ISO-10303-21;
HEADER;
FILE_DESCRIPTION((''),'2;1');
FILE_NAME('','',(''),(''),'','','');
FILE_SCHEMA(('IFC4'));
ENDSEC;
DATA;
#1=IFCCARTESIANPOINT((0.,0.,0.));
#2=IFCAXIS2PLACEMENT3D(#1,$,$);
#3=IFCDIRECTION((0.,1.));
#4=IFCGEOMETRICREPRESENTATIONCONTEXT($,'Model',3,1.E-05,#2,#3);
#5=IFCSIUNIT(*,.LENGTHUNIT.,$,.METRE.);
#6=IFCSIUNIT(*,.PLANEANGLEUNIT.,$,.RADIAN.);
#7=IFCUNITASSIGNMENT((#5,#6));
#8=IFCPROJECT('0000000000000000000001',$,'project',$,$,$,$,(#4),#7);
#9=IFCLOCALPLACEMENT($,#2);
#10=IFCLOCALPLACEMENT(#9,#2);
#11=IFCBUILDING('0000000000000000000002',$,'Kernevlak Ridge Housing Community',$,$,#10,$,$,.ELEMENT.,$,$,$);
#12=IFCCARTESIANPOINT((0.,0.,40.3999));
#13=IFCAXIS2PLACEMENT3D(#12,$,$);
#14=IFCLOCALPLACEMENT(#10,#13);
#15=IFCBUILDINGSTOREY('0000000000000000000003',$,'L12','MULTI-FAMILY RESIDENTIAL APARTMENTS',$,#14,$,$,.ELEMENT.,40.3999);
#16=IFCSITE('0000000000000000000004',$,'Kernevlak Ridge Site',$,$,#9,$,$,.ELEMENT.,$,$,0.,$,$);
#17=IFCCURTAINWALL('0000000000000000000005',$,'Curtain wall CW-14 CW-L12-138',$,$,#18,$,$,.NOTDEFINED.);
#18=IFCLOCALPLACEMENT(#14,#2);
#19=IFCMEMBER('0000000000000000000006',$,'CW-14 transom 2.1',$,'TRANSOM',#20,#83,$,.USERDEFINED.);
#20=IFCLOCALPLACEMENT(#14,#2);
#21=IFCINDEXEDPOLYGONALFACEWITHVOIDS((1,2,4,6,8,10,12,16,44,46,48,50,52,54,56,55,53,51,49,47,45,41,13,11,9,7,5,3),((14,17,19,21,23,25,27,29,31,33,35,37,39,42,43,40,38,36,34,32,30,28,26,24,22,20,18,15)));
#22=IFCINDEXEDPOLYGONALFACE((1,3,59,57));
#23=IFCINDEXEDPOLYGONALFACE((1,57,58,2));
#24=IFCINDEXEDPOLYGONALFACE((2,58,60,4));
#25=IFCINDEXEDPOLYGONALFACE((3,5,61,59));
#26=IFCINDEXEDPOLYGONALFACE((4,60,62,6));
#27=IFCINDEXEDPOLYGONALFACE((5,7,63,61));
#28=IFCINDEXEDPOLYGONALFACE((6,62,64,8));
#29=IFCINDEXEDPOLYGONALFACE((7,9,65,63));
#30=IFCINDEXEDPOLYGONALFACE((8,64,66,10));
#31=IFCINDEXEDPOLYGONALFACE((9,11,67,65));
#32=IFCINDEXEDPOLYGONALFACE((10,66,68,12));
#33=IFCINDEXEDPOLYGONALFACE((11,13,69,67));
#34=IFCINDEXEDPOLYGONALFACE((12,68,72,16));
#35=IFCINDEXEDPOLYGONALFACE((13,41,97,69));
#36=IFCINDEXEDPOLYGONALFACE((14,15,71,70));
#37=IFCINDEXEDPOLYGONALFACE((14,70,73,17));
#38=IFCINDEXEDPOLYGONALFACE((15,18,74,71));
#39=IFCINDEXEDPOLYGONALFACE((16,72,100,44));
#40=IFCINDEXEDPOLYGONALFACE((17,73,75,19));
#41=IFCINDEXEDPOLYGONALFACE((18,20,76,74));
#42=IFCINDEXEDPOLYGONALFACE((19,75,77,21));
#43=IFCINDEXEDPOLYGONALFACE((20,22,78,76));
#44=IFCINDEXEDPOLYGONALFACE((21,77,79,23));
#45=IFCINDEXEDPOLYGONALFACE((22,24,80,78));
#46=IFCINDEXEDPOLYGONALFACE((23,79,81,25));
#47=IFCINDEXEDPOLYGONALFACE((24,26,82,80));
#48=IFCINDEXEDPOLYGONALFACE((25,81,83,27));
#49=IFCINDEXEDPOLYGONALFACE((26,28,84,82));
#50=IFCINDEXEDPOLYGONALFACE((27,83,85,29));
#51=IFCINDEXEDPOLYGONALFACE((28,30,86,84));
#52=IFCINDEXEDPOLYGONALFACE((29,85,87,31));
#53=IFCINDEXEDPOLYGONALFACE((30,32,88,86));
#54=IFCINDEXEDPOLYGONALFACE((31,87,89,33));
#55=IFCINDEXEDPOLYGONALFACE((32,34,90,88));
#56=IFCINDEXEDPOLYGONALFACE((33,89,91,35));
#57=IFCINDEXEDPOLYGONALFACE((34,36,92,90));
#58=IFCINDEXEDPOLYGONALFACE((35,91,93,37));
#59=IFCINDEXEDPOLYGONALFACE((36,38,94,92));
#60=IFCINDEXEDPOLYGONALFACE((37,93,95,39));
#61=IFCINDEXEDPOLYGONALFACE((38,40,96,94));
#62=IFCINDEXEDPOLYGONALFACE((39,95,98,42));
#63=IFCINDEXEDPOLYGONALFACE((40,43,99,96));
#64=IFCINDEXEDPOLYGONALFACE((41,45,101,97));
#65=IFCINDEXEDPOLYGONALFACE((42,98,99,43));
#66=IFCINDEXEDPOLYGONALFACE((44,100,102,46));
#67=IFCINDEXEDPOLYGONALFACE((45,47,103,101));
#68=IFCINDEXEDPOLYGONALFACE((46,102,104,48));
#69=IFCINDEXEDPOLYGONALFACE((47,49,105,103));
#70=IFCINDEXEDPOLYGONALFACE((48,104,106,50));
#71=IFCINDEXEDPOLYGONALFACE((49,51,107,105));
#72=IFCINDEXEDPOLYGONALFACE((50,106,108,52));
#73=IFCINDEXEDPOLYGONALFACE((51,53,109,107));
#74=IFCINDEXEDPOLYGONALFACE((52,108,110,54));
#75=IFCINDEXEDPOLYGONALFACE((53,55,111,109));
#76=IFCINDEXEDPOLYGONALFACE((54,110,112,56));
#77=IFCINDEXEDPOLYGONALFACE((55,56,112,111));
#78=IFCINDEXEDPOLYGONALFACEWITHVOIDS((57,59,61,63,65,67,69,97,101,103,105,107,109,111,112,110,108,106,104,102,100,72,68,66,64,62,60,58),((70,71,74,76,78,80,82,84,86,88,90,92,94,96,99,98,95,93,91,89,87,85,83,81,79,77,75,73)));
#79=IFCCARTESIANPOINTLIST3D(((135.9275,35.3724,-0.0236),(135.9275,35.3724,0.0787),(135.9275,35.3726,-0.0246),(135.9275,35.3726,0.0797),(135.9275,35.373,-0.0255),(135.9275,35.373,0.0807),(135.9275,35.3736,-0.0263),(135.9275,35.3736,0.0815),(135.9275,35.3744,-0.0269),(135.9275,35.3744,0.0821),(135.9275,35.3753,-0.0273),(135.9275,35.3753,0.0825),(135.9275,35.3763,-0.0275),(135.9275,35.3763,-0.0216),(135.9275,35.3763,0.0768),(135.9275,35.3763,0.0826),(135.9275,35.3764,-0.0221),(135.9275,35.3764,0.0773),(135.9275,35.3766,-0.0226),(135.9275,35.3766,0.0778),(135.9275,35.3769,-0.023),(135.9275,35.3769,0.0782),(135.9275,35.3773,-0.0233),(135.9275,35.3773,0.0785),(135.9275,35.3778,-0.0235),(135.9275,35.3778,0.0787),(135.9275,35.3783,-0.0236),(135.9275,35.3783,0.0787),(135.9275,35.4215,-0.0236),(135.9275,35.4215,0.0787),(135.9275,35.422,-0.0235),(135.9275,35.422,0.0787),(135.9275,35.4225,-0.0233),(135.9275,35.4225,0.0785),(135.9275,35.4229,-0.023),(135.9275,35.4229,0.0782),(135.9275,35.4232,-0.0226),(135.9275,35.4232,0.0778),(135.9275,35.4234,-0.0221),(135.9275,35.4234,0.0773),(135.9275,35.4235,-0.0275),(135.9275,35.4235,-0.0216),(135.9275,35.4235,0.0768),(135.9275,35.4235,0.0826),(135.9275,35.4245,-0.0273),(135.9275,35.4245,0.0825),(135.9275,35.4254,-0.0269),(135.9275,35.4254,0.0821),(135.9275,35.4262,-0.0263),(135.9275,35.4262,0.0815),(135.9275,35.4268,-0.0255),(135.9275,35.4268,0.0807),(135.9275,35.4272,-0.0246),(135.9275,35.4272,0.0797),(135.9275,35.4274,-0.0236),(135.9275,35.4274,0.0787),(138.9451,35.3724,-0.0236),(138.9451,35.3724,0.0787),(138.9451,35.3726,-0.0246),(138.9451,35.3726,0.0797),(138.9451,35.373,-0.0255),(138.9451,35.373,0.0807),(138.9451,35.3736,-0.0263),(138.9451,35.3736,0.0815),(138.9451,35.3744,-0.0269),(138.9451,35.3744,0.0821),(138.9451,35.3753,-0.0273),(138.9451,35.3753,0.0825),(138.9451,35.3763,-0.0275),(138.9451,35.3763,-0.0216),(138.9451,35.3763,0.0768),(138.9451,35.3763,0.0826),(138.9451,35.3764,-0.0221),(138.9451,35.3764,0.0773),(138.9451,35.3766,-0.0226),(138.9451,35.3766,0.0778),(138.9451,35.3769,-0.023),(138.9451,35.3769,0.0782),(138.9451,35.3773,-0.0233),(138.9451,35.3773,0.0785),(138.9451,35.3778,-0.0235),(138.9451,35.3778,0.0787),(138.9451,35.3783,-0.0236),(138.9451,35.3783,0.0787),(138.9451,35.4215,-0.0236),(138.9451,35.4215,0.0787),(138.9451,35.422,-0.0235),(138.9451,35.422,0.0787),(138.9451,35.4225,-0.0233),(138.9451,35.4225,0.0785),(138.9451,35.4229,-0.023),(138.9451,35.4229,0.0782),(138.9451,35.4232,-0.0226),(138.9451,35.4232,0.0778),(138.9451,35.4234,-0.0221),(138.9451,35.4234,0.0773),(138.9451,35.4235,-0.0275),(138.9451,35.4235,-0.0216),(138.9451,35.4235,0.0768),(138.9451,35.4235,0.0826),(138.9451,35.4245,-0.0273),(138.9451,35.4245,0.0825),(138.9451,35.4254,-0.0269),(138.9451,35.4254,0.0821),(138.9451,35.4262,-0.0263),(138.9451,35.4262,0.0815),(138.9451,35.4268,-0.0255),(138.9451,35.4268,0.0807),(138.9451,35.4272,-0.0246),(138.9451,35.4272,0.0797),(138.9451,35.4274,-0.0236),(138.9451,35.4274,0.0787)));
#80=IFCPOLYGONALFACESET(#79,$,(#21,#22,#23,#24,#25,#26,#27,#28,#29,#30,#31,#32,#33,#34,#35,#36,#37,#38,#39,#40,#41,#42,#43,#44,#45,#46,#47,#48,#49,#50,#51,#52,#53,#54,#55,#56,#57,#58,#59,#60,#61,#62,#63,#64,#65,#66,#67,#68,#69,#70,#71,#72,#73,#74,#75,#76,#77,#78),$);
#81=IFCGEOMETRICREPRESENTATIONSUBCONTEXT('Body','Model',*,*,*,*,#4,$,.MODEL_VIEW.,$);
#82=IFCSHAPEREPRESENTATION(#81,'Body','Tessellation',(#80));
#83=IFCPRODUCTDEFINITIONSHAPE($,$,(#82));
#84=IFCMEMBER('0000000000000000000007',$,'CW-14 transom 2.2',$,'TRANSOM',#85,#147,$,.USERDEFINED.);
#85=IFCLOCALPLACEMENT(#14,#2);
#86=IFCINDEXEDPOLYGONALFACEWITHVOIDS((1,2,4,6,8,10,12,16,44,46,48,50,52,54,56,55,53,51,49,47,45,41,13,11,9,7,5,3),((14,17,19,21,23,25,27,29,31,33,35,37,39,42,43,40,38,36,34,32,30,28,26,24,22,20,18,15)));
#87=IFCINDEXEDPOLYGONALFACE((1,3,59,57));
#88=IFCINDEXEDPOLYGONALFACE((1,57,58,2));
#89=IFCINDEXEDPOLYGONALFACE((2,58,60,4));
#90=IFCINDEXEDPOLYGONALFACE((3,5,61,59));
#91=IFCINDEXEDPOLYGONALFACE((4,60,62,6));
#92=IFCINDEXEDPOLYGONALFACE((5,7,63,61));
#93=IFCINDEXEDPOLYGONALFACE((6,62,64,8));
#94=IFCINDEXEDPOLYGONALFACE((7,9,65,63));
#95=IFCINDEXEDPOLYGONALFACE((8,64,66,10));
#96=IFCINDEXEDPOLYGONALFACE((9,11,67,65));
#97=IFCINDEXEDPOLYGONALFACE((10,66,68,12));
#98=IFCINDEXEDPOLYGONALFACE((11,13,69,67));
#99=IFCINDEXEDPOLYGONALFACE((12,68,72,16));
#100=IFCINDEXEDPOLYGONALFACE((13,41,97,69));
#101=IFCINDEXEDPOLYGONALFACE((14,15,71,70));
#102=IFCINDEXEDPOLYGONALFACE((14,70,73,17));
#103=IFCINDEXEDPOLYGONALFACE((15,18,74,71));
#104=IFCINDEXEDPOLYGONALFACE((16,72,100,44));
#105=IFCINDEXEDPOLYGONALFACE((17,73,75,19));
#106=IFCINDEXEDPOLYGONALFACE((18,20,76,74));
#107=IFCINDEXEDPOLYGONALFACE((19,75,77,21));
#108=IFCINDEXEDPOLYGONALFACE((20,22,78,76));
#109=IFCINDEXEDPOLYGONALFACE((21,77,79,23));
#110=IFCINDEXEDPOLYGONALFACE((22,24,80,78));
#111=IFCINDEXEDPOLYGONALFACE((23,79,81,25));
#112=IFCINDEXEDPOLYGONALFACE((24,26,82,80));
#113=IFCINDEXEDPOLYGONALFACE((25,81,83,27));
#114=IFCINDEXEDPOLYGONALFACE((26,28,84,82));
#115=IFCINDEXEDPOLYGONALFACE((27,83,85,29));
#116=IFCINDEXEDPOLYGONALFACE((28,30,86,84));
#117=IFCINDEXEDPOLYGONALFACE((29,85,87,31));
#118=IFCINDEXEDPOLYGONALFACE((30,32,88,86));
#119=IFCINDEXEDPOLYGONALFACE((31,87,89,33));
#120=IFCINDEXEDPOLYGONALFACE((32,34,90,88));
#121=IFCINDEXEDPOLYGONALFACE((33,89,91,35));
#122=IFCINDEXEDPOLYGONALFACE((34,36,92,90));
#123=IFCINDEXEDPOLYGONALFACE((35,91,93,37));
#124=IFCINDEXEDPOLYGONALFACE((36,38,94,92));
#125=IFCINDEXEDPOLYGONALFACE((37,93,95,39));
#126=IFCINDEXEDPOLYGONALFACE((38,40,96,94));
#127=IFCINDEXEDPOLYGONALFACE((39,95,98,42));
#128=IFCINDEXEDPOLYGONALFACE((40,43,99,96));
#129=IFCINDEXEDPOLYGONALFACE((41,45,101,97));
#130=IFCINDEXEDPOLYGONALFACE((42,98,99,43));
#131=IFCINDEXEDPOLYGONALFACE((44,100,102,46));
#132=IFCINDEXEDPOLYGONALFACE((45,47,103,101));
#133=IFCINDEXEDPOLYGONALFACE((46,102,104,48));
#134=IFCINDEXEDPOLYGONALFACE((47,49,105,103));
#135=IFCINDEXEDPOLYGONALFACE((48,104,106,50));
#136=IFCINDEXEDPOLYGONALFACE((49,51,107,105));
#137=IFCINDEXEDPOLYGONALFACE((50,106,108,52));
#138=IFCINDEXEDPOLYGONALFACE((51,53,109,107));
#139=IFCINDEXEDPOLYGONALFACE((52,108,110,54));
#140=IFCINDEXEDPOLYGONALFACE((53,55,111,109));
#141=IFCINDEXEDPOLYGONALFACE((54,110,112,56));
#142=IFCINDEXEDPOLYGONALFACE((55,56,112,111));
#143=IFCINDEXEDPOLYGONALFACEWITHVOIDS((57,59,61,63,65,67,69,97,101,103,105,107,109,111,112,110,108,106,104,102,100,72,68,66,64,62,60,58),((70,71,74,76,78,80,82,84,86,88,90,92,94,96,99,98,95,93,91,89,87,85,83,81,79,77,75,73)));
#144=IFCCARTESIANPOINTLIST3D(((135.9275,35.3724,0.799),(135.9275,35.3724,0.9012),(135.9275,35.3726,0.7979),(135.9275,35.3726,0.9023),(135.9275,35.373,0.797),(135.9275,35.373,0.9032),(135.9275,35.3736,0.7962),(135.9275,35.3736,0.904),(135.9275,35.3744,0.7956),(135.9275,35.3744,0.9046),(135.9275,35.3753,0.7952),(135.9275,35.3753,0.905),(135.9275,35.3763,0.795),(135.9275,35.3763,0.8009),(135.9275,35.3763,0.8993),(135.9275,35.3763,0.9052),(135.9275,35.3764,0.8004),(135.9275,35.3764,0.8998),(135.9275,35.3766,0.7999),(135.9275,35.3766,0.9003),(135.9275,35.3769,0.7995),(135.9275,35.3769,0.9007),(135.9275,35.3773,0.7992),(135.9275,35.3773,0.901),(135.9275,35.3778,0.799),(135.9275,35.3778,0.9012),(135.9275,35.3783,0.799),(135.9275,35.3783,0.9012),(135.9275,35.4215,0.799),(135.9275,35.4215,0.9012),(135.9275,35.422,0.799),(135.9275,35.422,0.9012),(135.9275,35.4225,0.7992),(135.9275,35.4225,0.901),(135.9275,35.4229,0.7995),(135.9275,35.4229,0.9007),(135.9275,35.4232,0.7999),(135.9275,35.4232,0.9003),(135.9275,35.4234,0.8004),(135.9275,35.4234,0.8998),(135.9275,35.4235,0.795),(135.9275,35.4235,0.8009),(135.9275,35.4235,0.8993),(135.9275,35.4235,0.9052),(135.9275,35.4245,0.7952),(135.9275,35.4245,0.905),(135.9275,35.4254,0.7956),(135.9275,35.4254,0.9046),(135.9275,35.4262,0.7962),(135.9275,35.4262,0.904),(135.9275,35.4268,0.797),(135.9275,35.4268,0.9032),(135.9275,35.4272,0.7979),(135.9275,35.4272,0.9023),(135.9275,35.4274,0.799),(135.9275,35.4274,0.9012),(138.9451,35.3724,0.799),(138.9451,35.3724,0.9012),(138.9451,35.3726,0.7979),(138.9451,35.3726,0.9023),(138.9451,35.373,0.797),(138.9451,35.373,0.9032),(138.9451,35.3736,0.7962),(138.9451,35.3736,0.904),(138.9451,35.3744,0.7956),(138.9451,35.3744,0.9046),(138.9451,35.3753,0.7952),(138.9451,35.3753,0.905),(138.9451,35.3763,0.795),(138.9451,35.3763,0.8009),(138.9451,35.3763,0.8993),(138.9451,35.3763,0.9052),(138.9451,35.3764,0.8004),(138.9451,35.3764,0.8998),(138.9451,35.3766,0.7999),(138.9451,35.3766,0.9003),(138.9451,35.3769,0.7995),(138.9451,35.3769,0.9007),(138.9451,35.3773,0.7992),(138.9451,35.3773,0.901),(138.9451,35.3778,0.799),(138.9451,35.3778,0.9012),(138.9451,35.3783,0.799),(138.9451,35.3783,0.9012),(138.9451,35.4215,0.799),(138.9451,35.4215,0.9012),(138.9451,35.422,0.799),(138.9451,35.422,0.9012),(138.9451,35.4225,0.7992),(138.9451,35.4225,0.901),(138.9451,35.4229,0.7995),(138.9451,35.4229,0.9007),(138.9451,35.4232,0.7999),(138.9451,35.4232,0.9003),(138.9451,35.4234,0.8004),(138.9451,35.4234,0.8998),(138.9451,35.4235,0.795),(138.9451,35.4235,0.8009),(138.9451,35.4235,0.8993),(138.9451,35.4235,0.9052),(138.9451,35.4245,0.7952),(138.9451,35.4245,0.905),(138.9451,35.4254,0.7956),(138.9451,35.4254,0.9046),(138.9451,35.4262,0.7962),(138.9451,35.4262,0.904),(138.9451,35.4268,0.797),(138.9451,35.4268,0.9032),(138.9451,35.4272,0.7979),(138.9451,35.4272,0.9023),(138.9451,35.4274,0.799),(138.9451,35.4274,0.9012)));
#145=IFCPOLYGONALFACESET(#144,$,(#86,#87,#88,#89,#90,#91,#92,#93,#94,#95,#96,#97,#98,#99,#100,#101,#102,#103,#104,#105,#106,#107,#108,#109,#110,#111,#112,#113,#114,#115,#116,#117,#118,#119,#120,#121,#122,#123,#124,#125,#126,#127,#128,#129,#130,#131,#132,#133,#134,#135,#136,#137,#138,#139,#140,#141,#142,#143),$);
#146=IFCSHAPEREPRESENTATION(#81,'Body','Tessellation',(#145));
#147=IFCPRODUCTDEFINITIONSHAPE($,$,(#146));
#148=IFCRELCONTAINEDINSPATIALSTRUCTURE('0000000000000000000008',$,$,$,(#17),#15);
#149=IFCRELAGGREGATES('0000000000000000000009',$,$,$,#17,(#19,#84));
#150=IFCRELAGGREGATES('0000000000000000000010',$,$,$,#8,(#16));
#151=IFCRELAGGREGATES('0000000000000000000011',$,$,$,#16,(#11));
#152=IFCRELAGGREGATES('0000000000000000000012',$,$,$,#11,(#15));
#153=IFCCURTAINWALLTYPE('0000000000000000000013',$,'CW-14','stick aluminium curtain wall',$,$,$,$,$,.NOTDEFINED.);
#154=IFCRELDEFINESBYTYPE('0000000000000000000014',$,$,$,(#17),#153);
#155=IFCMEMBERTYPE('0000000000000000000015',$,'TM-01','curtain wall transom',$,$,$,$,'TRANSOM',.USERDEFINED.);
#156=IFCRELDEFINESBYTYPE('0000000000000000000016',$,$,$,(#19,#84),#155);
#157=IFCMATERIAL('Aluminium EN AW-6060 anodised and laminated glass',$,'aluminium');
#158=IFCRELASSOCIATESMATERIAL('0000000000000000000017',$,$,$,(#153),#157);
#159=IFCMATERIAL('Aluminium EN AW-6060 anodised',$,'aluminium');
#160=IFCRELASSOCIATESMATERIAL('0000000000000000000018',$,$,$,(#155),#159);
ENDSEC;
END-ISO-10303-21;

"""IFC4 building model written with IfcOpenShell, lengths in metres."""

from ifc_helpers import new_model, si_unit, direction, frame, origin, origin_2d, place, context, subcontext, project, spatial, hollow_rectangle, extrude, material, material_profile, profile_set, type_object, element, aggregate, save


model = new_model("IFC4")

# Units and contexts
model_context = context("Model", 3, precision=1e-05, world=origin(), true_north=direction((0.0, 1.0)))
body_context = subcontext(model_context, "Body", "Model", "MODEL_VIEW")
ifc_project = project(units=[si_unit("LENGTHUNIT", "METRE"), si_unit("PLANEANGLEUNIT", "RADIAN")], contexts=[model_context])

# Site, building, storey
site_placement = place(None, origin())
site = spatial("IfcSite", under=ifc_project, at=site_placement, Name="Kernevlak Ridge Site", CompositionType="ELEMENT", RefElevation=0.0)
building_placement = place(site_placement, origin())
building = spatial("IfcBuilding", under=site, at=building_placement, Name="Kernevlak Ridge Housing Community", CompositionType="ELEMENT")
storey_placement = place(building_placement, frame((0.0, 0.0, 40.3999)))
storey = spatial("IfcBuildingStorey", under=building, at=storey_placement, Name="L12", Description="MULTI-FAMILY RESIDENTIAL APARTMENTS", CompositionType="ELEMENT", Elevation=40.3999)

# Curtain wall
ifc_material_1 = material(Name="Aluminium EN AW-6060 anodised and laminated glass", Category="aluminium")
curtain_wall_type = type_object("IfcCurtainWallType", Name="CW-14", Description="stick aluminium curtain wall", PredefinedType="NOTDEFINED", material=ifc_material_1)
curtain_wall_placement = place(storey_placement, origin())
curtain_wall = element("IfcCurtainWall", 1, at=curtain_wall_placement, inside=storey, type_object=curtain_wall_type, Name="Curtain wall CW-14 CW-L12-138", PredefinedType="NOTDEFINED")
ifc_material_2 = material(Name="Aluminium EN AW-6060 anodised", Category="aluminium")

# Members
ifc_material_profile_1 = material_profile(ifc_material_2, hollow_rectangle(XDim=0.0549, YDim=0.1101, WallThickness=0.0039, InnerFilletRadius=0.002, OuterFilletRadius=0.0039, at=origin_2d()), Name="ALU 55x110x4")
ifc_profile_set_1 = profile_set([ifc_material_profile_1], Name="Aluminium EN AW-6060 anodised")
member_type_1 = type_object("IfcMemberType", Name="TM-01", Description="curtain wall transom", ElementType="TRANSOM", PredefinedType="USERDEFINED", material=ifc_profile_set_1)
member_1_placement = place(storey_placement, frame((135.9275, 35.3999, 0.0276), z_axis=(1.0, 0.0, 0.0), x_axis=(0.0, 1.0, 0.0)))
member_1 = element("IfcMember", 2, at=member_1_placement, type_object=member_type_1, Name="CW-14 transom 2.1", ObjectType="TRANSOM", PredefinedType="USERDEFINED", context=body_context, shape_type="SweptSolid", body=[
    extrude(hollow_rectangle(XDim=0.0549, YDim=0.1101, WallThickness=0.0039, InnerFilletRadius=0.002, OuterFilletRadius=0.0039, at=origin_2d()), origin(), (0.0, 0.0, 1.0), 3.0176),
])
member_2_placement = place(storey_placement, frame((135.9275, 35.3999, 0.8501), z_axis=(1.0, 0.0, 0.0), x_axis=(0.0, 1.0, 0.0)))
member_2 = element("IfcMember", 3, at=member_2_placement, type_object=member_type_1, Name="CW-14 transom 2.2", ObjectType="TRANSOM", PredefinedType="USERDEFINED", context=body_context, shape_type="SweptSolid", body=[
    extrude(hollow_rectangle(XDim=0.0549, YDim=0.1101, WallThickness=0.0039, InnerFilletRadius=0.002, OuterFilletRadius=0.0039, at=origin_2d()), origin(), (0.0, 0.0, 1.0), 3.0176),
])

aggregate(curtain_wall, [member_1, member_2])

save(model, "model.ifc")
